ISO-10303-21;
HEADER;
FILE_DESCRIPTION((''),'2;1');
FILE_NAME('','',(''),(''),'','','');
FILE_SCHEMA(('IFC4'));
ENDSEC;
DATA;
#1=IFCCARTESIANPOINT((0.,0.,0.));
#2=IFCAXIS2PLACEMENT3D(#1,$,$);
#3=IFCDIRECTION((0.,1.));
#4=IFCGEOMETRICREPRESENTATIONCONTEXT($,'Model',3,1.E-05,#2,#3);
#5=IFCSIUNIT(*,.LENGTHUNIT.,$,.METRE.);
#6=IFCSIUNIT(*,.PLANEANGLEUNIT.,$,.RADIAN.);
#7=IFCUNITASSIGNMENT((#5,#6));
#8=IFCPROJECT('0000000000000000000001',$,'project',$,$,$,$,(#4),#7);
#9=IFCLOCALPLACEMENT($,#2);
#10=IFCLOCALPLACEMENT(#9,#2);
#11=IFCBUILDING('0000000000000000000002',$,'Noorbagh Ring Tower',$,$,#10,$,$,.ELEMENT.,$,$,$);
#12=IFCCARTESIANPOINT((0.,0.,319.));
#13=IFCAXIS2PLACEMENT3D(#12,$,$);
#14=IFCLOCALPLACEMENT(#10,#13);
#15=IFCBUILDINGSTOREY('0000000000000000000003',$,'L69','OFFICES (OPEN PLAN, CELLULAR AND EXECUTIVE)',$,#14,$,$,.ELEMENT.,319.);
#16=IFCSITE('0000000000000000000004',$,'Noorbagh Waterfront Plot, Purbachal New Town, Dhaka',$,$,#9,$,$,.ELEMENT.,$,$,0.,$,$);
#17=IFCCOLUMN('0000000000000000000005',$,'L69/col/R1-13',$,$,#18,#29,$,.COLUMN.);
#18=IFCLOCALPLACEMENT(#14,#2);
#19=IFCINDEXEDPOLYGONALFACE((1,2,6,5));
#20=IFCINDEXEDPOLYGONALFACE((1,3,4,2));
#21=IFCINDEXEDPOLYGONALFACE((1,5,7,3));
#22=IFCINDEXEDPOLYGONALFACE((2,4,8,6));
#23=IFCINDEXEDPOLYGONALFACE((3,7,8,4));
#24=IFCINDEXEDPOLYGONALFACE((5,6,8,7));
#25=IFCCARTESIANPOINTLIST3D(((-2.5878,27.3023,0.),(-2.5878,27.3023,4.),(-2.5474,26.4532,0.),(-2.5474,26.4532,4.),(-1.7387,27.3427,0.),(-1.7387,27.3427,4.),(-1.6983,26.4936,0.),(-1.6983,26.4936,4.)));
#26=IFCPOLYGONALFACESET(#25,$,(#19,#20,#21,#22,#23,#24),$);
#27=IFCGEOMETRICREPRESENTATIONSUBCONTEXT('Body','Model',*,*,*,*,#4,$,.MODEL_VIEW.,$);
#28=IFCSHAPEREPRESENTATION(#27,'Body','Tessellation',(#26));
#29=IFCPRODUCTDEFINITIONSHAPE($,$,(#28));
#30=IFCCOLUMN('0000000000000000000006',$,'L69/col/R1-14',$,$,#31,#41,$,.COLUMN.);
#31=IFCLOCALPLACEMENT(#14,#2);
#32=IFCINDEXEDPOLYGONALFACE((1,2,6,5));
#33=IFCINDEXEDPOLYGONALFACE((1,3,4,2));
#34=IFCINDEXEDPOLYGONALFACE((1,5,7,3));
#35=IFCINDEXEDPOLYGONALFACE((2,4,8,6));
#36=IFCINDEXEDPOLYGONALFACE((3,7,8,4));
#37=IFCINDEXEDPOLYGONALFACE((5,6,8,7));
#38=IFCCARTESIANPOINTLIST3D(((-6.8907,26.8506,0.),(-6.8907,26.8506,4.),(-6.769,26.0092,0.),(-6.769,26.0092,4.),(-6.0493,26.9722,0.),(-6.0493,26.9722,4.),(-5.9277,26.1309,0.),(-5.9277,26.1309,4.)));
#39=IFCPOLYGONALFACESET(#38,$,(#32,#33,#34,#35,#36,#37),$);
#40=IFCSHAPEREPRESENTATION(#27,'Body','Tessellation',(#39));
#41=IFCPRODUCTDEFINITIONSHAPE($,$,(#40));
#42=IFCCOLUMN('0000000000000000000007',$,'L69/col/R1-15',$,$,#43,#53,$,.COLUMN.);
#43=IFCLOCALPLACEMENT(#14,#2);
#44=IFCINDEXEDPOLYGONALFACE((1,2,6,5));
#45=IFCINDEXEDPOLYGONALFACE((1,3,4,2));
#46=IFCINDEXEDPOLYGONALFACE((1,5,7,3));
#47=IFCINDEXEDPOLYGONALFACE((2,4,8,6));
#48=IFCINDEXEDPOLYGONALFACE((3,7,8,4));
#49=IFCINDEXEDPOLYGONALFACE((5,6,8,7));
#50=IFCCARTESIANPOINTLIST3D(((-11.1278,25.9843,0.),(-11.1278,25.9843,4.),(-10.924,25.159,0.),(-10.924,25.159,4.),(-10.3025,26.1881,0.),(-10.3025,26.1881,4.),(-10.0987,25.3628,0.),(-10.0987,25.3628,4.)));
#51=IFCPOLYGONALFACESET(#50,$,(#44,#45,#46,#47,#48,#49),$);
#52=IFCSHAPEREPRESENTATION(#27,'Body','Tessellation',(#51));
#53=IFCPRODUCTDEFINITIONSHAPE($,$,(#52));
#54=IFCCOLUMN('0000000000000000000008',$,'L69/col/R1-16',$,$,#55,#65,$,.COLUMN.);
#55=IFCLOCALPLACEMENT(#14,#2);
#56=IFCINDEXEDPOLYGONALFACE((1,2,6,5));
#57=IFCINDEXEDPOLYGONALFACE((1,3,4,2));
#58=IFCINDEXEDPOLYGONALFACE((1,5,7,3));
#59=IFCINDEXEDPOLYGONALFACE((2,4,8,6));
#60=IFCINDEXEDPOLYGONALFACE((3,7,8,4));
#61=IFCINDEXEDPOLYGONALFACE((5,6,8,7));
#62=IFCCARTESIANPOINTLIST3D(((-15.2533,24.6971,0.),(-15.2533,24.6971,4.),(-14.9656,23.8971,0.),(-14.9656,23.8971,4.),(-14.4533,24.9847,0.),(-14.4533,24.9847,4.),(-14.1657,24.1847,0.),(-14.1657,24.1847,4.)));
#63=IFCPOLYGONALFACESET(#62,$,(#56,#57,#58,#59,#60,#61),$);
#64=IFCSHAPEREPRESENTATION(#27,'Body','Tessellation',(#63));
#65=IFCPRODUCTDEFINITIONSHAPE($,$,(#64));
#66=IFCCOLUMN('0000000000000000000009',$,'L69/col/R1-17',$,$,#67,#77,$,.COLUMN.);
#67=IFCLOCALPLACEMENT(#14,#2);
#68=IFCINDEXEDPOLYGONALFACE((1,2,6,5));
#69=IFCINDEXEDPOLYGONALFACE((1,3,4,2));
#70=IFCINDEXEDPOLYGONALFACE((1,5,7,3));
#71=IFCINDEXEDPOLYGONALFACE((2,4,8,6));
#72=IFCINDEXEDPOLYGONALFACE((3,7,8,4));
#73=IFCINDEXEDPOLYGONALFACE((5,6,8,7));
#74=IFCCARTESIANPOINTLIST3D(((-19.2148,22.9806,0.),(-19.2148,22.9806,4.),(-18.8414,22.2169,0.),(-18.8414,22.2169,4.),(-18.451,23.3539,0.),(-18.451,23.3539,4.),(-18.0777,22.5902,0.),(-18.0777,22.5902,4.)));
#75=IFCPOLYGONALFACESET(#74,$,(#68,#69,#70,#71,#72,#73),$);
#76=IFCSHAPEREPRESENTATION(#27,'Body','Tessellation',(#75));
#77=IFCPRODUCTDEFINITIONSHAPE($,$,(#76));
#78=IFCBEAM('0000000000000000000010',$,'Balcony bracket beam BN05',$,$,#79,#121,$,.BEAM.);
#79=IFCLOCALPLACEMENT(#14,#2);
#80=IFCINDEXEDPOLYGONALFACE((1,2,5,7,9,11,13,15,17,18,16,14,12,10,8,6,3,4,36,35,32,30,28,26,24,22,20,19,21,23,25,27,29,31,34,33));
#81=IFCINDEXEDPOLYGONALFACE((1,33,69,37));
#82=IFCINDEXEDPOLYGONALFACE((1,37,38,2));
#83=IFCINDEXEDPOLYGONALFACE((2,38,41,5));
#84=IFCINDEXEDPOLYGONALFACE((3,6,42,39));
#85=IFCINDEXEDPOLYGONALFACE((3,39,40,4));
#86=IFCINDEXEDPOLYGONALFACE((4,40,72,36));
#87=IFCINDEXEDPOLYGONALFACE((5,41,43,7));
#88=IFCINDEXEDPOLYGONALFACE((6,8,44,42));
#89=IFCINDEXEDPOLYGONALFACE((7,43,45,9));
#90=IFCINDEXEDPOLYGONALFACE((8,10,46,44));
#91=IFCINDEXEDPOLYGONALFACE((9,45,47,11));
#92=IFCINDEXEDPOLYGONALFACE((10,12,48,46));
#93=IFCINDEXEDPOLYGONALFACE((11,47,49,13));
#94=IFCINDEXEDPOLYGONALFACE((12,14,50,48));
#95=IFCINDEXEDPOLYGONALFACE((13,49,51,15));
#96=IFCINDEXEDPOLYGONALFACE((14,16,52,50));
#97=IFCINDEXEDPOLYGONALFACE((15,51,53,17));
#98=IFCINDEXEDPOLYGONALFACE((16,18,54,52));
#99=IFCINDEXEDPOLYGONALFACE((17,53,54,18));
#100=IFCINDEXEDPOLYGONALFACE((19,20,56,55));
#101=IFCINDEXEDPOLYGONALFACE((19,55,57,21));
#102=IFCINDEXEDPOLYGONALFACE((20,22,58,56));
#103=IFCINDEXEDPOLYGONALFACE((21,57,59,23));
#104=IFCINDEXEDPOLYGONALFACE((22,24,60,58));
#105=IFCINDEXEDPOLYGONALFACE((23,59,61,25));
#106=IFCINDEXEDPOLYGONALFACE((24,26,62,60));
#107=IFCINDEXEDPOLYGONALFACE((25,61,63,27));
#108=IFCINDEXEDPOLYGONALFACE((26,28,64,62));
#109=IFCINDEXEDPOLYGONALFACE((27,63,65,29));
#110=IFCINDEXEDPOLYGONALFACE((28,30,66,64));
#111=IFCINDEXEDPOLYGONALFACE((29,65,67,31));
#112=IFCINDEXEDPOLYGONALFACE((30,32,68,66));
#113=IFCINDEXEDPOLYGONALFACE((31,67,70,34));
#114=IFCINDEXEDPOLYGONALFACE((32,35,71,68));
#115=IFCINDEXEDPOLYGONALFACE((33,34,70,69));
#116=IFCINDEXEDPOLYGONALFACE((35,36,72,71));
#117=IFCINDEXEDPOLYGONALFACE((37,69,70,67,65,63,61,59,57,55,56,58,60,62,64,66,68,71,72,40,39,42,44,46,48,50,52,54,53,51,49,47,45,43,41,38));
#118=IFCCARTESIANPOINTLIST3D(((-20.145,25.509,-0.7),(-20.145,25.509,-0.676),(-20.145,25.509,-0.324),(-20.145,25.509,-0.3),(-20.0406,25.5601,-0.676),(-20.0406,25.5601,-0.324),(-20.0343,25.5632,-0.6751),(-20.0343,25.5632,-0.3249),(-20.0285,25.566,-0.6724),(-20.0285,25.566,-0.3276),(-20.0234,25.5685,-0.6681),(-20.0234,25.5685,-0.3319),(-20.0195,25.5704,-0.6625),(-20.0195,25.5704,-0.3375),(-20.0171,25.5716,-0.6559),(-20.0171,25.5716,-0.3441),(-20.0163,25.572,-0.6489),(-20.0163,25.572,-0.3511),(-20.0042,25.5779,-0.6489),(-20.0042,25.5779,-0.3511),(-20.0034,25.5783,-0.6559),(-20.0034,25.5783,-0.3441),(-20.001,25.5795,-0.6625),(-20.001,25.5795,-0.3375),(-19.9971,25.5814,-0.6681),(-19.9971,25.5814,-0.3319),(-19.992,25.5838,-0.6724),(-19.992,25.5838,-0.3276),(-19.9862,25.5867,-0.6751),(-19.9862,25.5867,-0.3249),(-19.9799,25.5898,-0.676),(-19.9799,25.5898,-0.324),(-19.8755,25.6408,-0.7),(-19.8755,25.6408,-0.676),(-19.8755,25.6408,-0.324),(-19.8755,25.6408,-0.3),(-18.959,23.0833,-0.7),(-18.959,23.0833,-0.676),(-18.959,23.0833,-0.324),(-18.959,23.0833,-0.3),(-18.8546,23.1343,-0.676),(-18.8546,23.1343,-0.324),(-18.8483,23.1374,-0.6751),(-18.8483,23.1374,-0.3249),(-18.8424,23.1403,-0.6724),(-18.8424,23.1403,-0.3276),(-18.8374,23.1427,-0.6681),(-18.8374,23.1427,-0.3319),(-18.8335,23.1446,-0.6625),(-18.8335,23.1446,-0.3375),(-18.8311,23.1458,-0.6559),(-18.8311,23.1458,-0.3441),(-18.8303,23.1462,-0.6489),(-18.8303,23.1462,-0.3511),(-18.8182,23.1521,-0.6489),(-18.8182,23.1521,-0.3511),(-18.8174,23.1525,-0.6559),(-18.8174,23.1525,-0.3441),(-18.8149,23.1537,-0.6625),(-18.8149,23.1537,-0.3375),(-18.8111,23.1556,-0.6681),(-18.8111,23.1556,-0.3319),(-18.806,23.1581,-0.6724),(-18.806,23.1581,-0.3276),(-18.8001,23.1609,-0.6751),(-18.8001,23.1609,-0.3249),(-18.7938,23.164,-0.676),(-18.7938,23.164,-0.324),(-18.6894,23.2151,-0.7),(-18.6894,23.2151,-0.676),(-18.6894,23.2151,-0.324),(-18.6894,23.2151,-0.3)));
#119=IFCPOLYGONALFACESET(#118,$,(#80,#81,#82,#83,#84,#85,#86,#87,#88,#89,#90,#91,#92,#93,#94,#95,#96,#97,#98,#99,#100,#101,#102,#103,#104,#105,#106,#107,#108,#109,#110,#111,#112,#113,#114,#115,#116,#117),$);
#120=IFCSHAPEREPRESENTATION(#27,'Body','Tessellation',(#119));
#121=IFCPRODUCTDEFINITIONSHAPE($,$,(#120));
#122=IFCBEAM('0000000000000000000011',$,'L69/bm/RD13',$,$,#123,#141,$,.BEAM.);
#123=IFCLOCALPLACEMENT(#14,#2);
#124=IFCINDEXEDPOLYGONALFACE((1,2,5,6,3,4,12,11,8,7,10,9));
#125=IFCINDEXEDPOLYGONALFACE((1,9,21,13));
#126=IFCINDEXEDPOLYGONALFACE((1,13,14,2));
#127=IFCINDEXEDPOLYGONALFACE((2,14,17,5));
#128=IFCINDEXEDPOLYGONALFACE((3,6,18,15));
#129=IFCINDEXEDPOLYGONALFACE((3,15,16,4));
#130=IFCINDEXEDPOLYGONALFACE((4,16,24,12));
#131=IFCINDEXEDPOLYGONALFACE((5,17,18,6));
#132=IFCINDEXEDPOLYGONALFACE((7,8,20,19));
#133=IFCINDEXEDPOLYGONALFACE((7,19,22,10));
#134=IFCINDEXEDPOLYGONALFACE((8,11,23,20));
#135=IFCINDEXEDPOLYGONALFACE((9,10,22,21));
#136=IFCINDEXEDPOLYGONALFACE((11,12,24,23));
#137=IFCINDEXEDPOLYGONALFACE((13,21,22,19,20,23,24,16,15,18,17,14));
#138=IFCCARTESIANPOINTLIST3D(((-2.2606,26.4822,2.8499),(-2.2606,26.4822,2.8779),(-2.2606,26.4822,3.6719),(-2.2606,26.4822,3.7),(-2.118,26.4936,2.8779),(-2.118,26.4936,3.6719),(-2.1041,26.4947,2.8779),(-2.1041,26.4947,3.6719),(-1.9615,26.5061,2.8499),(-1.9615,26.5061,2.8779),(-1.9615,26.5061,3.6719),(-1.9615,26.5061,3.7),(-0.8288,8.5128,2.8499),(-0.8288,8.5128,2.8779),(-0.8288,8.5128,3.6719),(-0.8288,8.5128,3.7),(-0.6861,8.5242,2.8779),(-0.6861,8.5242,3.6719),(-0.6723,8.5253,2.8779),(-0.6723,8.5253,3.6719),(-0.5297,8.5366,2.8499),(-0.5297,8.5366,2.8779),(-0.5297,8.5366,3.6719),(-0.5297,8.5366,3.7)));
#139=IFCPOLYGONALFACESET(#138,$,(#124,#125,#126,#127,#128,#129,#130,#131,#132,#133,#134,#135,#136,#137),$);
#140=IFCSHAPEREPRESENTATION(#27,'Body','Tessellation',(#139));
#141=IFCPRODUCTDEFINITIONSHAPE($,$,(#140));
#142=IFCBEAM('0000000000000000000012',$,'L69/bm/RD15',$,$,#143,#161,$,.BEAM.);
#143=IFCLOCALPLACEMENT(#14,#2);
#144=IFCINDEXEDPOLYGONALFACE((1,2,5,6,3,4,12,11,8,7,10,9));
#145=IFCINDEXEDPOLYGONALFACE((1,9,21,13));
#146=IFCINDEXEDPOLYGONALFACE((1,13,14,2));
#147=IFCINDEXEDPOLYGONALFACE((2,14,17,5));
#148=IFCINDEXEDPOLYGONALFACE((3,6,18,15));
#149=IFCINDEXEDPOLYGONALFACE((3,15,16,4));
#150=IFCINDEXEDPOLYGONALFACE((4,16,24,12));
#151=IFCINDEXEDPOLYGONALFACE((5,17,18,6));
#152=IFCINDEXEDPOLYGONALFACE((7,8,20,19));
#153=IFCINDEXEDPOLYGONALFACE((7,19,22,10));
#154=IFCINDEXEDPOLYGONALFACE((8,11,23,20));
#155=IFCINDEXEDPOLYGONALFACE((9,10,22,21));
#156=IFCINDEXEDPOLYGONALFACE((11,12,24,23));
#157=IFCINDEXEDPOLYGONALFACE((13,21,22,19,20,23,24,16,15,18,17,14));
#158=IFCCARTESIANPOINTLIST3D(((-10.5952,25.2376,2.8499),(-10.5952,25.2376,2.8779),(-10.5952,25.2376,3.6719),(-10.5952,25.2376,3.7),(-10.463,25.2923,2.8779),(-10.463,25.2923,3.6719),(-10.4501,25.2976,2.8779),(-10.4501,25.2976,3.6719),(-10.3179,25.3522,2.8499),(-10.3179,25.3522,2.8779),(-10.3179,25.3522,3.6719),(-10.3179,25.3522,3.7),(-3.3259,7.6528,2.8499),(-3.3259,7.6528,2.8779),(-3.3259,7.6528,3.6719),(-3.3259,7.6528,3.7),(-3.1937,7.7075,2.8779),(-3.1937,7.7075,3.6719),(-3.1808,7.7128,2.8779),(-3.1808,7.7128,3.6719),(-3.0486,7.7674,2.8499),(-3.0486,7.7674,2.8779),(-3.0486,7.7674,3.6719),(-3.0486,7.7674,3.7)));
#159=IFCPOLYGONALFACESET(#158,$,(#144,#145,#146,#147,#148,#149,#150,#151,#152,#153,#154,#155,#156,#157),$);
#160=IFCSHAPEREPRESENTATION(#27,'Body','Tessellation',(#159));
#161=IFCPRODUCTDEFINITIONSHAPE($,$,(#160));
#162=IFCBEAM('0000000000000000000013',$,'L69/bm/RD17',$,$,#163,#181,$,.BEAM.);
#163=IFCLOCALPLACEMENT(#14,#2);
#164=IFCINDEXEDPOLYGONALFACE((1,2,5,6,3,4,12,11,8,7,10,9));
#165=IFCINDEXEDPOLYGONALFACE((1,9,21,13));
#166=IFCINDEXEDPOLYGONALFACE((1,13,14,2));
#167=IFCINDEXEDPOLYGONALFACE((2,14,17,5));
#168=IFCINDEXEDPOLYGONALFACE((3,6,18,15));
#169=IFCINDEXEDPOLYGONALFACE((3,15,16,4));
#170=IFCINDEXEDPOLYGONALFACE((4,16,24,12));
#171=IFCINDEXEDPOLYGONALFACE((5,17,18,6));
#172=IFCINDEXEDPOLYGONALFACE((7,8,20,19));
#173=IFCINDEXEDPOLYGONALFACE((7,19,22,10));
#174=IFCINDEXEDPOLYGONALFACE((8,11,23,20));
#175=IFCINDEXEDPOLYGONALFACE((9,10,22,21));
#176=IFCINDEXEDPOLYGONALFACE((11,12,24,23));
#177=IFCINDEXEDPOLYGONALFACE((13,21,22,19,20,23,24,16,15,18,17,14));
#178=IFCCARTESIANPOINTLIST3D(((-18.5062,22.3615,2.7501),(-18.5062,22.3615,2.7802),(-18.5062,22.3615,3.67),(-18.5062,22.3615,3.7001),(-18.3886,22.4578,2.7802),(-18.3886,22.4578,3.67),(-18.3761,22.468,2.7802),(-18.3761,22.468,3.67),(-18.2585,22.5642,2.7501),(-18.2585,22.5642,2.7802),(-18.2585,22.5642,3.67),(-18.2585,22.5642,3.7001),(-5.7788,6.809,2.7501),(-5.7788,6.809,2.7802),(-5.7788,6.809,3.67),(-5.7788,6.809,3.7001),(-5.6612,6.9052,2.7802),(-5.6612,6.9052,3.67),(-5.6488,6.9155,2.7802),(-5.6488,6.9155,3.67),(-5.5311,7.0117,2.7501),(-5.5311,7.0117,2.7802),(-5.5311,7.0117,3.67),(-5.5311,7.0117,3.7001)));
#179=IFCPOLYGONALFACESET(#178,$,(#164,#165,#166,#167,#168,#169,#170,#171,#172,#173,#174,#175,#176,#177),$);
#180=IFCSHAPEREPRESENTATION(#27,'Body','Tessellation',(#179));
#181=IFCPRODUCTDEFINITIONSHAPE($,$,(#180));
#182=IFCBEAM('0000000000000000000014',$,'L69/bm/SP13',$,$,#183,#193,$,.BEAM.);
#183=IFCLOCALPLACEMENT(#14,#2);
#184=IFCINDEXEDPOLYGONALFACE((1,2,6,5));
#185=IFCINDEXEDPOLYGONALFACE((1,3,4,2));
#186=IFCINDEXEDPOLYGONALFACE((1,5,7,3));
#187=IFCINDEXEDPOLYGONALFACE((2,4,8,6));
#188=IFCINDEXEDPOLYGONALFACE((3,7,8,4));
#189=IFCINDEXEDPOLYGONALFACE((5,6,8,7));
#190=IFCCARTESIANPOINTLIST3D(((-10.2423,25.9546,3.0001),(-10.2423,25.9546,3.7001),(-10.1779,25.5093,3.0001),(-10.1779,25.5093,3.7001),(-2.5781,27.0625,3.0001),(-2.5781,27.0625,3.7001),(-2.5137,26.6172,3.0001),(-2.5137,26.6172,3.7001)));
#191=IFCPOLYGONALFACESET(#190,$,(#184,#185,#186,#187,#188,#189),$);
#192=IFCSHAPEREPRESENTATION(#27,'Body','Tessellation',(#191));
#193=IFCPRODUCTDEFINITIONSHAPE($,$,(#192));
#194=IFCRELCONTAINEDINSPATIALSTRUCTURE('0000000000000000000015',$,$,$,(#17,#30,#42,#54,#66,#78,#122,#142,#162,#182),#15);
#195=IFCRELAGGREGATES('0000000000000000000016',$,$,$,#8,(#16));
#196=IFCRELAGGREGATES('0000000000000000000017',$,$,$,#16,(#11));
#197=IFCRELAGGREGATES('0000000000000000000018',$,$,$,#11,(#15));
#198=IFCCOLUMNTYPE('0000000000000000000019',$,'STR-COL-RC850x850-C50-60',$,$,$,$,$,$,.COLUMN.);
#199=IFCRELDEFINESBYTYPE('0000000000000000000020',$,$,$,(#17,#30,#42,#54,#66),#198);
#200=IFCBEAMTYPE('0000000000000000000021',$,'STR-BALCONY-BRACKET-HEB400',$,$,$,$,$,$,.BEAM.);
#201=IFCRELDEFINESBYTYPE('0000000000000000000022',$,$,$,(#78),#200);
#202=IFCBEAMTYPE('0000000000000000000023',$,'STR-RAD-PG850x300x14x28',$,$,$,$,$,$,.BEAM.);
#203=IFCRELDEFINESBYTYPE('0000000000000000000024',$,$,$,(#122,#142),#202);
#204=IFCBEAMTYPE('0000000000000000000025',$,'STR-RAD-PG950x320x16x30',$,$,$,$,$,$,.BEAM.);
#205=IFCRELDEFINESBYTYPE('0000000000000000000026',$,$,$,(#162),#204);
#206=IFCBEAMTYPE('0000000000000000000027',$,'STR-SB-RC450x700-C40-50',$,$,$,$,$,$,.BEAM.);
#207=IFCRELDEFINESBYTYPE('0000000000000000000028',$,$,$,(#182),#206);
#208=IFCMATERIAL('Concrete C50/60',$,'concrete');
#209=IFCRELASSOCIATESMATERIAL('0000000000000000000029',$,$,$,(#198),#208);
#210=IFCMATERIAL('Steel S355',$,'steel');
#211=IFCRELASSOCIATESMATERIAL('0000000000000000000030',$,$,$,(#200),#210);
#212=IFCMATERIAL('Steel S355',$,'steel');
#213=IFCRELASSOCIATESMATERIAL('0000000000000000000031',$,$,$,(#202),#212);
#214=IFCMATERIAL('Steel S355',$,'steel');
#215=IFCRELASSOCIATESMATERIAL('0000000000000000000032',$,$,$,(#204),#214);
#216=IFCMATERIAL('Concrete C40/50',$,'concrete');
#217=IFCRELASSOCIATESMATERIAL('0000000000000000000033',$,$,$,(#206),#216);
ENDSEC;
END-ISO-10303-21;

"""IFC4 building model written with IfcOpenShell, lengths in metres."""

from ifc_helpers import new_model, si_unit, direction, frame, origin, origin_2d, place, context, subcontext, project, spatial, rectangle, i_section, extrude, material, material_profile, profile_set, type_object, element, save


model = new_model("IFC4")

# Units and contexts
model_context = context("Model", 3, precision=1e-05, world=origin(), true_north=direction((0.0, 1.0)))
body_context = subcontext(model_context, "Body", "Model", "MODEL_VIEW")
ifc_project = project(units=[si_unit("LENGTHUNIT", "METRE"), si_unit("PLANEANGLEUNIT", "RADIAN")], contexts=[model_context])

# Site, building, storey
site_placement = place(None, origin())
site = spatial("IfcSite", under=ifc_project, at=site_placement, Name="Noorbagh Waterfront Plot, Purbachal New Town, Dhaka", CompositionType="ELEMENT", RefElevation=0.0)
building_placement = place(site_placement, origin())
building = spatial("IfcBuilding", under=site, at=building_placement, Name="Noorbagh Ring Tower", CompositionType="ELEMENT")
storey_placement = place(building_placement, frame((0.0, 0.0, 319.0)))
storey = spatial("IfcBuildingStorey", under=building, at=storey_placement, Name="L69", Description="OFFICES (OPEN PLAN, CELLULAR AND EXECUTIVE)", CompositionType="ELEMENT", Elevation=319.0)

# Columns
ifc_material_1 = material(Name="Concrete C50/60", Category="concrete")
ifc_material_profile_1 = material_profile(ifc_material_1, rectangle(XDim=0.8501, YDim=0.8501, at=origin_2d()), Name="RC850x850")
ifc_profile_set_1 = profile_set([ifc_material_profile_1], Name="Concrete C50/60")
column_type = type_object("IfcColumnType", Name="STR-COL-RC850x850-C50-60", PredefinedType="COLUMN", material=ifc_profile_set_1)
for number, where, z_axis, x_axis, name in (
    (1, (-2.1431, 26.8979, 0.0), (0.0, 0.0, 1.0), (-0.998869, -0.047553, 0.0), "L69/col/R1-13"),
    (2, (-6.4092, 26.4907, 0.0), (0.0, 0.0, 1.0), (-0.989713, -0.143066, 0.0), "L69/col/R1-14"),
    (3, (-10.6133, 25.6736, 0.0), (0.0, 0.0, 1.0), (-0.970829, -0.239771, 0.0), "L69/col/R1-15"),
    (4, (-14.7095, 24.4409, 0.0), (0.0, 0.0, 1.0), (-0.941025, -0.338338, 0.0), "L69/col/R1-16"),
    (5, (-18.6462, 22.7854, 0.0), (0.0, 0.0, 1.0), (-0.898399, -0.43918, 0.0), "L69/col/R1-17"),
):
    element("IfcColumn", number, at=place(storey_placement, frame(where, z_axis=z_axis, x_axis=x_axis)), inside=storey, type_object=column_type, Name=name, PredefinedType="COLUMN", context=body_context, shape_type="SweptSolid", body=[
        extrude(rectangle(XDim=0.8501, YDim=0.8501, at=origin_2d()), origin(), (0.0, 0.0, 1.0), 4.0),
    ])

# Beams
ifc_material_2 = material(Name="Steel S355", Category="steel")
ifc_material_profile_2 = material_profile(ifc_material_2, i_section(OverallWidth=0.3, OverallDepth=0.3999, WebThickness=0.0134, FlangeThickness=0.0239, FilletRadius=0.0271, at=origin_2d()), Name="HEB400")
ifc_profile_set_2 = profile_set([ifc_material_profile_2], Name="Steel S355")
beam_type_1 = type_object("IfcBeamType", Name="STR-BALCONY-BRACKET-HEB400", PredefinedType="BEAM", material=ifc_profile_set_2)
beam_1_placement = place(storey_placement, frame((-18.8242, 23.1492, -0.5), z_axis=(-0.439239, 0.89837, 0.0), x_axis=(-0.89837, -0.439239, 0.0)))
element("IfcBeam", 6, at=beam_1_placement, inside=storey, type_object=beam_type_1, Name="Balcony bracket beam BN05", PredefinedType="BEAM", context=body_context, shape_type="SweptSolid", body=[
    extrude(i_section(OverallWidth=0.3, OverallDepth=0.3999, WebThickness=0.0134, FlangeThickness=0.0239, FilletRadius=0.0271, at=origin_2d()), origin(), (0.0, 0.0, 1.0), 2.7002),
])
ifc_material_3 = material(Name="Steel S355", Category="steel")
ifc_material_profile_3 = material_profile(ifc_material_3, i_section(OverallWidth=0.3, OverallDepth=0.8501, WebThickness=0.0139, FlangeThickness=0.0281, at=origin_2d()), Name="PG850x300x14x28")
ifc_profile_set_3 = profile_set([ifc_material_profile_3], Name="Steel S355")
beam_type_2 = type_object("IfcBeamType", Name="STR-RAD-PG850x300x14x28", PredefinedType="BEAM", material=ifc_profile_set_3)
beam_2_placement = place(storey_placement, frame((-2.1111, 26.4941, 3.2749), z_axis=(0.079432, -0.99684, 0.0), x_axis=(0.99684, 0.079432, 0.0)))
element("IfcBeam", 7, at=beam_2_placement, inside=storey, type_object=beam_type_2, Name="L69/bm/RD13", PredefinedType="BEAM", context=body_context, shape_type="SweptSolid", body=[
    extrude(i_section(OverallWidth=0.3, OverallDepth=0.8501, WebThickness=0.0139, FlangeThickness=0.0281, at=origin_2d()), origin(), (0.0, 0.0, 1.0), 18.0264),
])
beam_3_placement = place(storey_placement, frame((-10.4565, 25.2949, 3.2749), z_axis=(0.382031, -0.924149, 0.0), x_axis=(0.924149, 0.382031, 0.0)))
element("IfcBeam", 8, at=beam_3_placement, inside=storey, type_object=beam_type_2, Name="L69/bm/RD15", PredefinedType="BEAM", context=body_context, shape_type="SweptSolid", body=[
    extrude(i_section(OverallWidth=0.3, OverallDepth=0.8501, WebThickness=0.0139, FlangeThickness=0.0281, at=origin_2d()), origin(), (0.0, 0.0, 1.0), 19.0281),
])
ifc_material_4 = material(Name="Steel S355", Category="steel")
ifc_material_profile_4 = material_profile(ifc_material_4, i_section(OverallWidth=0.3201, OverallDepth=0.95, WebThickness=0.0161, FlangeThickness=0.03, at=origin_2d()), Name="PG950x320x16x30")
ifc_profile_set_4 = profile_set([ifc_material_profile_4], Name="Steel S355")
beam_type_3 = type_object("IfcBeamType", Name="STR-RAD-PG950x320x16x30", PredefinedType="BEAM", material=ifc_profile_set_4)
beam_4_placement = place(storey_placement, frame((-18.3823, 22.4629, 3.2251), z_axis=(0.633313, -0.773896, 0.0), x_axis=(0.773896, 0.633313, 0.0)))
element("IfcBeam", 9, at=beam_4_placement, inside=storey, type_object=beam_type_3, Name="L69/bm/RD17", PredefinedType="BEAM", context=body_context, shape_type="SweptSolid", body=[
    extrude(i_section(OverallWidth=0.3201, OverallDepth=0.95, WebThickness=0.0161, FlangeThickness=0.03, at=origin_2d()), origin(), (0.0, 0.0, 1.0), 20.0964),
])
ifc_material_5 = material(Name="Concrete C40/50", Category="concrete")
ifc_material_profile_5 = material_profile(ifc_material_5, rectangle(XDim=0.45, YDim=0.7, at=origin_2d()), Name="RC450x700")
ifc_profile_set_5 = profile_set([ifc_material_profile_5], Name="Concrete C40/50")
beam_type_4 = type_object("IfcBeamType", Name="STR-SB-RC450x700-C40-50", PredefinedType="BEAM", material=ifc_profile_set_5)
beam_5_placement = place(storey_placement, frame((-2.5459, 26.8398, 3.3501), z_axis=(-0.989713, -0.143067, 0.0), x_axis=(0.143067, -0.989713, 0.0)))
element("IfcBeam", 10, at=beam_5_placement, inside=storey, type_object=beam_type_4, Name="L69/bm/SP13", PredefinedType="BEAM", context=body_context, shape_type="SweptSolid", body=[
    extrude(rectangle(XDim=0.45, YDim=0.7, at=origin_2d()), origin(), (0.0, 0.0, 1.0), 7.7439),
])

save(model, "model.ifc")
